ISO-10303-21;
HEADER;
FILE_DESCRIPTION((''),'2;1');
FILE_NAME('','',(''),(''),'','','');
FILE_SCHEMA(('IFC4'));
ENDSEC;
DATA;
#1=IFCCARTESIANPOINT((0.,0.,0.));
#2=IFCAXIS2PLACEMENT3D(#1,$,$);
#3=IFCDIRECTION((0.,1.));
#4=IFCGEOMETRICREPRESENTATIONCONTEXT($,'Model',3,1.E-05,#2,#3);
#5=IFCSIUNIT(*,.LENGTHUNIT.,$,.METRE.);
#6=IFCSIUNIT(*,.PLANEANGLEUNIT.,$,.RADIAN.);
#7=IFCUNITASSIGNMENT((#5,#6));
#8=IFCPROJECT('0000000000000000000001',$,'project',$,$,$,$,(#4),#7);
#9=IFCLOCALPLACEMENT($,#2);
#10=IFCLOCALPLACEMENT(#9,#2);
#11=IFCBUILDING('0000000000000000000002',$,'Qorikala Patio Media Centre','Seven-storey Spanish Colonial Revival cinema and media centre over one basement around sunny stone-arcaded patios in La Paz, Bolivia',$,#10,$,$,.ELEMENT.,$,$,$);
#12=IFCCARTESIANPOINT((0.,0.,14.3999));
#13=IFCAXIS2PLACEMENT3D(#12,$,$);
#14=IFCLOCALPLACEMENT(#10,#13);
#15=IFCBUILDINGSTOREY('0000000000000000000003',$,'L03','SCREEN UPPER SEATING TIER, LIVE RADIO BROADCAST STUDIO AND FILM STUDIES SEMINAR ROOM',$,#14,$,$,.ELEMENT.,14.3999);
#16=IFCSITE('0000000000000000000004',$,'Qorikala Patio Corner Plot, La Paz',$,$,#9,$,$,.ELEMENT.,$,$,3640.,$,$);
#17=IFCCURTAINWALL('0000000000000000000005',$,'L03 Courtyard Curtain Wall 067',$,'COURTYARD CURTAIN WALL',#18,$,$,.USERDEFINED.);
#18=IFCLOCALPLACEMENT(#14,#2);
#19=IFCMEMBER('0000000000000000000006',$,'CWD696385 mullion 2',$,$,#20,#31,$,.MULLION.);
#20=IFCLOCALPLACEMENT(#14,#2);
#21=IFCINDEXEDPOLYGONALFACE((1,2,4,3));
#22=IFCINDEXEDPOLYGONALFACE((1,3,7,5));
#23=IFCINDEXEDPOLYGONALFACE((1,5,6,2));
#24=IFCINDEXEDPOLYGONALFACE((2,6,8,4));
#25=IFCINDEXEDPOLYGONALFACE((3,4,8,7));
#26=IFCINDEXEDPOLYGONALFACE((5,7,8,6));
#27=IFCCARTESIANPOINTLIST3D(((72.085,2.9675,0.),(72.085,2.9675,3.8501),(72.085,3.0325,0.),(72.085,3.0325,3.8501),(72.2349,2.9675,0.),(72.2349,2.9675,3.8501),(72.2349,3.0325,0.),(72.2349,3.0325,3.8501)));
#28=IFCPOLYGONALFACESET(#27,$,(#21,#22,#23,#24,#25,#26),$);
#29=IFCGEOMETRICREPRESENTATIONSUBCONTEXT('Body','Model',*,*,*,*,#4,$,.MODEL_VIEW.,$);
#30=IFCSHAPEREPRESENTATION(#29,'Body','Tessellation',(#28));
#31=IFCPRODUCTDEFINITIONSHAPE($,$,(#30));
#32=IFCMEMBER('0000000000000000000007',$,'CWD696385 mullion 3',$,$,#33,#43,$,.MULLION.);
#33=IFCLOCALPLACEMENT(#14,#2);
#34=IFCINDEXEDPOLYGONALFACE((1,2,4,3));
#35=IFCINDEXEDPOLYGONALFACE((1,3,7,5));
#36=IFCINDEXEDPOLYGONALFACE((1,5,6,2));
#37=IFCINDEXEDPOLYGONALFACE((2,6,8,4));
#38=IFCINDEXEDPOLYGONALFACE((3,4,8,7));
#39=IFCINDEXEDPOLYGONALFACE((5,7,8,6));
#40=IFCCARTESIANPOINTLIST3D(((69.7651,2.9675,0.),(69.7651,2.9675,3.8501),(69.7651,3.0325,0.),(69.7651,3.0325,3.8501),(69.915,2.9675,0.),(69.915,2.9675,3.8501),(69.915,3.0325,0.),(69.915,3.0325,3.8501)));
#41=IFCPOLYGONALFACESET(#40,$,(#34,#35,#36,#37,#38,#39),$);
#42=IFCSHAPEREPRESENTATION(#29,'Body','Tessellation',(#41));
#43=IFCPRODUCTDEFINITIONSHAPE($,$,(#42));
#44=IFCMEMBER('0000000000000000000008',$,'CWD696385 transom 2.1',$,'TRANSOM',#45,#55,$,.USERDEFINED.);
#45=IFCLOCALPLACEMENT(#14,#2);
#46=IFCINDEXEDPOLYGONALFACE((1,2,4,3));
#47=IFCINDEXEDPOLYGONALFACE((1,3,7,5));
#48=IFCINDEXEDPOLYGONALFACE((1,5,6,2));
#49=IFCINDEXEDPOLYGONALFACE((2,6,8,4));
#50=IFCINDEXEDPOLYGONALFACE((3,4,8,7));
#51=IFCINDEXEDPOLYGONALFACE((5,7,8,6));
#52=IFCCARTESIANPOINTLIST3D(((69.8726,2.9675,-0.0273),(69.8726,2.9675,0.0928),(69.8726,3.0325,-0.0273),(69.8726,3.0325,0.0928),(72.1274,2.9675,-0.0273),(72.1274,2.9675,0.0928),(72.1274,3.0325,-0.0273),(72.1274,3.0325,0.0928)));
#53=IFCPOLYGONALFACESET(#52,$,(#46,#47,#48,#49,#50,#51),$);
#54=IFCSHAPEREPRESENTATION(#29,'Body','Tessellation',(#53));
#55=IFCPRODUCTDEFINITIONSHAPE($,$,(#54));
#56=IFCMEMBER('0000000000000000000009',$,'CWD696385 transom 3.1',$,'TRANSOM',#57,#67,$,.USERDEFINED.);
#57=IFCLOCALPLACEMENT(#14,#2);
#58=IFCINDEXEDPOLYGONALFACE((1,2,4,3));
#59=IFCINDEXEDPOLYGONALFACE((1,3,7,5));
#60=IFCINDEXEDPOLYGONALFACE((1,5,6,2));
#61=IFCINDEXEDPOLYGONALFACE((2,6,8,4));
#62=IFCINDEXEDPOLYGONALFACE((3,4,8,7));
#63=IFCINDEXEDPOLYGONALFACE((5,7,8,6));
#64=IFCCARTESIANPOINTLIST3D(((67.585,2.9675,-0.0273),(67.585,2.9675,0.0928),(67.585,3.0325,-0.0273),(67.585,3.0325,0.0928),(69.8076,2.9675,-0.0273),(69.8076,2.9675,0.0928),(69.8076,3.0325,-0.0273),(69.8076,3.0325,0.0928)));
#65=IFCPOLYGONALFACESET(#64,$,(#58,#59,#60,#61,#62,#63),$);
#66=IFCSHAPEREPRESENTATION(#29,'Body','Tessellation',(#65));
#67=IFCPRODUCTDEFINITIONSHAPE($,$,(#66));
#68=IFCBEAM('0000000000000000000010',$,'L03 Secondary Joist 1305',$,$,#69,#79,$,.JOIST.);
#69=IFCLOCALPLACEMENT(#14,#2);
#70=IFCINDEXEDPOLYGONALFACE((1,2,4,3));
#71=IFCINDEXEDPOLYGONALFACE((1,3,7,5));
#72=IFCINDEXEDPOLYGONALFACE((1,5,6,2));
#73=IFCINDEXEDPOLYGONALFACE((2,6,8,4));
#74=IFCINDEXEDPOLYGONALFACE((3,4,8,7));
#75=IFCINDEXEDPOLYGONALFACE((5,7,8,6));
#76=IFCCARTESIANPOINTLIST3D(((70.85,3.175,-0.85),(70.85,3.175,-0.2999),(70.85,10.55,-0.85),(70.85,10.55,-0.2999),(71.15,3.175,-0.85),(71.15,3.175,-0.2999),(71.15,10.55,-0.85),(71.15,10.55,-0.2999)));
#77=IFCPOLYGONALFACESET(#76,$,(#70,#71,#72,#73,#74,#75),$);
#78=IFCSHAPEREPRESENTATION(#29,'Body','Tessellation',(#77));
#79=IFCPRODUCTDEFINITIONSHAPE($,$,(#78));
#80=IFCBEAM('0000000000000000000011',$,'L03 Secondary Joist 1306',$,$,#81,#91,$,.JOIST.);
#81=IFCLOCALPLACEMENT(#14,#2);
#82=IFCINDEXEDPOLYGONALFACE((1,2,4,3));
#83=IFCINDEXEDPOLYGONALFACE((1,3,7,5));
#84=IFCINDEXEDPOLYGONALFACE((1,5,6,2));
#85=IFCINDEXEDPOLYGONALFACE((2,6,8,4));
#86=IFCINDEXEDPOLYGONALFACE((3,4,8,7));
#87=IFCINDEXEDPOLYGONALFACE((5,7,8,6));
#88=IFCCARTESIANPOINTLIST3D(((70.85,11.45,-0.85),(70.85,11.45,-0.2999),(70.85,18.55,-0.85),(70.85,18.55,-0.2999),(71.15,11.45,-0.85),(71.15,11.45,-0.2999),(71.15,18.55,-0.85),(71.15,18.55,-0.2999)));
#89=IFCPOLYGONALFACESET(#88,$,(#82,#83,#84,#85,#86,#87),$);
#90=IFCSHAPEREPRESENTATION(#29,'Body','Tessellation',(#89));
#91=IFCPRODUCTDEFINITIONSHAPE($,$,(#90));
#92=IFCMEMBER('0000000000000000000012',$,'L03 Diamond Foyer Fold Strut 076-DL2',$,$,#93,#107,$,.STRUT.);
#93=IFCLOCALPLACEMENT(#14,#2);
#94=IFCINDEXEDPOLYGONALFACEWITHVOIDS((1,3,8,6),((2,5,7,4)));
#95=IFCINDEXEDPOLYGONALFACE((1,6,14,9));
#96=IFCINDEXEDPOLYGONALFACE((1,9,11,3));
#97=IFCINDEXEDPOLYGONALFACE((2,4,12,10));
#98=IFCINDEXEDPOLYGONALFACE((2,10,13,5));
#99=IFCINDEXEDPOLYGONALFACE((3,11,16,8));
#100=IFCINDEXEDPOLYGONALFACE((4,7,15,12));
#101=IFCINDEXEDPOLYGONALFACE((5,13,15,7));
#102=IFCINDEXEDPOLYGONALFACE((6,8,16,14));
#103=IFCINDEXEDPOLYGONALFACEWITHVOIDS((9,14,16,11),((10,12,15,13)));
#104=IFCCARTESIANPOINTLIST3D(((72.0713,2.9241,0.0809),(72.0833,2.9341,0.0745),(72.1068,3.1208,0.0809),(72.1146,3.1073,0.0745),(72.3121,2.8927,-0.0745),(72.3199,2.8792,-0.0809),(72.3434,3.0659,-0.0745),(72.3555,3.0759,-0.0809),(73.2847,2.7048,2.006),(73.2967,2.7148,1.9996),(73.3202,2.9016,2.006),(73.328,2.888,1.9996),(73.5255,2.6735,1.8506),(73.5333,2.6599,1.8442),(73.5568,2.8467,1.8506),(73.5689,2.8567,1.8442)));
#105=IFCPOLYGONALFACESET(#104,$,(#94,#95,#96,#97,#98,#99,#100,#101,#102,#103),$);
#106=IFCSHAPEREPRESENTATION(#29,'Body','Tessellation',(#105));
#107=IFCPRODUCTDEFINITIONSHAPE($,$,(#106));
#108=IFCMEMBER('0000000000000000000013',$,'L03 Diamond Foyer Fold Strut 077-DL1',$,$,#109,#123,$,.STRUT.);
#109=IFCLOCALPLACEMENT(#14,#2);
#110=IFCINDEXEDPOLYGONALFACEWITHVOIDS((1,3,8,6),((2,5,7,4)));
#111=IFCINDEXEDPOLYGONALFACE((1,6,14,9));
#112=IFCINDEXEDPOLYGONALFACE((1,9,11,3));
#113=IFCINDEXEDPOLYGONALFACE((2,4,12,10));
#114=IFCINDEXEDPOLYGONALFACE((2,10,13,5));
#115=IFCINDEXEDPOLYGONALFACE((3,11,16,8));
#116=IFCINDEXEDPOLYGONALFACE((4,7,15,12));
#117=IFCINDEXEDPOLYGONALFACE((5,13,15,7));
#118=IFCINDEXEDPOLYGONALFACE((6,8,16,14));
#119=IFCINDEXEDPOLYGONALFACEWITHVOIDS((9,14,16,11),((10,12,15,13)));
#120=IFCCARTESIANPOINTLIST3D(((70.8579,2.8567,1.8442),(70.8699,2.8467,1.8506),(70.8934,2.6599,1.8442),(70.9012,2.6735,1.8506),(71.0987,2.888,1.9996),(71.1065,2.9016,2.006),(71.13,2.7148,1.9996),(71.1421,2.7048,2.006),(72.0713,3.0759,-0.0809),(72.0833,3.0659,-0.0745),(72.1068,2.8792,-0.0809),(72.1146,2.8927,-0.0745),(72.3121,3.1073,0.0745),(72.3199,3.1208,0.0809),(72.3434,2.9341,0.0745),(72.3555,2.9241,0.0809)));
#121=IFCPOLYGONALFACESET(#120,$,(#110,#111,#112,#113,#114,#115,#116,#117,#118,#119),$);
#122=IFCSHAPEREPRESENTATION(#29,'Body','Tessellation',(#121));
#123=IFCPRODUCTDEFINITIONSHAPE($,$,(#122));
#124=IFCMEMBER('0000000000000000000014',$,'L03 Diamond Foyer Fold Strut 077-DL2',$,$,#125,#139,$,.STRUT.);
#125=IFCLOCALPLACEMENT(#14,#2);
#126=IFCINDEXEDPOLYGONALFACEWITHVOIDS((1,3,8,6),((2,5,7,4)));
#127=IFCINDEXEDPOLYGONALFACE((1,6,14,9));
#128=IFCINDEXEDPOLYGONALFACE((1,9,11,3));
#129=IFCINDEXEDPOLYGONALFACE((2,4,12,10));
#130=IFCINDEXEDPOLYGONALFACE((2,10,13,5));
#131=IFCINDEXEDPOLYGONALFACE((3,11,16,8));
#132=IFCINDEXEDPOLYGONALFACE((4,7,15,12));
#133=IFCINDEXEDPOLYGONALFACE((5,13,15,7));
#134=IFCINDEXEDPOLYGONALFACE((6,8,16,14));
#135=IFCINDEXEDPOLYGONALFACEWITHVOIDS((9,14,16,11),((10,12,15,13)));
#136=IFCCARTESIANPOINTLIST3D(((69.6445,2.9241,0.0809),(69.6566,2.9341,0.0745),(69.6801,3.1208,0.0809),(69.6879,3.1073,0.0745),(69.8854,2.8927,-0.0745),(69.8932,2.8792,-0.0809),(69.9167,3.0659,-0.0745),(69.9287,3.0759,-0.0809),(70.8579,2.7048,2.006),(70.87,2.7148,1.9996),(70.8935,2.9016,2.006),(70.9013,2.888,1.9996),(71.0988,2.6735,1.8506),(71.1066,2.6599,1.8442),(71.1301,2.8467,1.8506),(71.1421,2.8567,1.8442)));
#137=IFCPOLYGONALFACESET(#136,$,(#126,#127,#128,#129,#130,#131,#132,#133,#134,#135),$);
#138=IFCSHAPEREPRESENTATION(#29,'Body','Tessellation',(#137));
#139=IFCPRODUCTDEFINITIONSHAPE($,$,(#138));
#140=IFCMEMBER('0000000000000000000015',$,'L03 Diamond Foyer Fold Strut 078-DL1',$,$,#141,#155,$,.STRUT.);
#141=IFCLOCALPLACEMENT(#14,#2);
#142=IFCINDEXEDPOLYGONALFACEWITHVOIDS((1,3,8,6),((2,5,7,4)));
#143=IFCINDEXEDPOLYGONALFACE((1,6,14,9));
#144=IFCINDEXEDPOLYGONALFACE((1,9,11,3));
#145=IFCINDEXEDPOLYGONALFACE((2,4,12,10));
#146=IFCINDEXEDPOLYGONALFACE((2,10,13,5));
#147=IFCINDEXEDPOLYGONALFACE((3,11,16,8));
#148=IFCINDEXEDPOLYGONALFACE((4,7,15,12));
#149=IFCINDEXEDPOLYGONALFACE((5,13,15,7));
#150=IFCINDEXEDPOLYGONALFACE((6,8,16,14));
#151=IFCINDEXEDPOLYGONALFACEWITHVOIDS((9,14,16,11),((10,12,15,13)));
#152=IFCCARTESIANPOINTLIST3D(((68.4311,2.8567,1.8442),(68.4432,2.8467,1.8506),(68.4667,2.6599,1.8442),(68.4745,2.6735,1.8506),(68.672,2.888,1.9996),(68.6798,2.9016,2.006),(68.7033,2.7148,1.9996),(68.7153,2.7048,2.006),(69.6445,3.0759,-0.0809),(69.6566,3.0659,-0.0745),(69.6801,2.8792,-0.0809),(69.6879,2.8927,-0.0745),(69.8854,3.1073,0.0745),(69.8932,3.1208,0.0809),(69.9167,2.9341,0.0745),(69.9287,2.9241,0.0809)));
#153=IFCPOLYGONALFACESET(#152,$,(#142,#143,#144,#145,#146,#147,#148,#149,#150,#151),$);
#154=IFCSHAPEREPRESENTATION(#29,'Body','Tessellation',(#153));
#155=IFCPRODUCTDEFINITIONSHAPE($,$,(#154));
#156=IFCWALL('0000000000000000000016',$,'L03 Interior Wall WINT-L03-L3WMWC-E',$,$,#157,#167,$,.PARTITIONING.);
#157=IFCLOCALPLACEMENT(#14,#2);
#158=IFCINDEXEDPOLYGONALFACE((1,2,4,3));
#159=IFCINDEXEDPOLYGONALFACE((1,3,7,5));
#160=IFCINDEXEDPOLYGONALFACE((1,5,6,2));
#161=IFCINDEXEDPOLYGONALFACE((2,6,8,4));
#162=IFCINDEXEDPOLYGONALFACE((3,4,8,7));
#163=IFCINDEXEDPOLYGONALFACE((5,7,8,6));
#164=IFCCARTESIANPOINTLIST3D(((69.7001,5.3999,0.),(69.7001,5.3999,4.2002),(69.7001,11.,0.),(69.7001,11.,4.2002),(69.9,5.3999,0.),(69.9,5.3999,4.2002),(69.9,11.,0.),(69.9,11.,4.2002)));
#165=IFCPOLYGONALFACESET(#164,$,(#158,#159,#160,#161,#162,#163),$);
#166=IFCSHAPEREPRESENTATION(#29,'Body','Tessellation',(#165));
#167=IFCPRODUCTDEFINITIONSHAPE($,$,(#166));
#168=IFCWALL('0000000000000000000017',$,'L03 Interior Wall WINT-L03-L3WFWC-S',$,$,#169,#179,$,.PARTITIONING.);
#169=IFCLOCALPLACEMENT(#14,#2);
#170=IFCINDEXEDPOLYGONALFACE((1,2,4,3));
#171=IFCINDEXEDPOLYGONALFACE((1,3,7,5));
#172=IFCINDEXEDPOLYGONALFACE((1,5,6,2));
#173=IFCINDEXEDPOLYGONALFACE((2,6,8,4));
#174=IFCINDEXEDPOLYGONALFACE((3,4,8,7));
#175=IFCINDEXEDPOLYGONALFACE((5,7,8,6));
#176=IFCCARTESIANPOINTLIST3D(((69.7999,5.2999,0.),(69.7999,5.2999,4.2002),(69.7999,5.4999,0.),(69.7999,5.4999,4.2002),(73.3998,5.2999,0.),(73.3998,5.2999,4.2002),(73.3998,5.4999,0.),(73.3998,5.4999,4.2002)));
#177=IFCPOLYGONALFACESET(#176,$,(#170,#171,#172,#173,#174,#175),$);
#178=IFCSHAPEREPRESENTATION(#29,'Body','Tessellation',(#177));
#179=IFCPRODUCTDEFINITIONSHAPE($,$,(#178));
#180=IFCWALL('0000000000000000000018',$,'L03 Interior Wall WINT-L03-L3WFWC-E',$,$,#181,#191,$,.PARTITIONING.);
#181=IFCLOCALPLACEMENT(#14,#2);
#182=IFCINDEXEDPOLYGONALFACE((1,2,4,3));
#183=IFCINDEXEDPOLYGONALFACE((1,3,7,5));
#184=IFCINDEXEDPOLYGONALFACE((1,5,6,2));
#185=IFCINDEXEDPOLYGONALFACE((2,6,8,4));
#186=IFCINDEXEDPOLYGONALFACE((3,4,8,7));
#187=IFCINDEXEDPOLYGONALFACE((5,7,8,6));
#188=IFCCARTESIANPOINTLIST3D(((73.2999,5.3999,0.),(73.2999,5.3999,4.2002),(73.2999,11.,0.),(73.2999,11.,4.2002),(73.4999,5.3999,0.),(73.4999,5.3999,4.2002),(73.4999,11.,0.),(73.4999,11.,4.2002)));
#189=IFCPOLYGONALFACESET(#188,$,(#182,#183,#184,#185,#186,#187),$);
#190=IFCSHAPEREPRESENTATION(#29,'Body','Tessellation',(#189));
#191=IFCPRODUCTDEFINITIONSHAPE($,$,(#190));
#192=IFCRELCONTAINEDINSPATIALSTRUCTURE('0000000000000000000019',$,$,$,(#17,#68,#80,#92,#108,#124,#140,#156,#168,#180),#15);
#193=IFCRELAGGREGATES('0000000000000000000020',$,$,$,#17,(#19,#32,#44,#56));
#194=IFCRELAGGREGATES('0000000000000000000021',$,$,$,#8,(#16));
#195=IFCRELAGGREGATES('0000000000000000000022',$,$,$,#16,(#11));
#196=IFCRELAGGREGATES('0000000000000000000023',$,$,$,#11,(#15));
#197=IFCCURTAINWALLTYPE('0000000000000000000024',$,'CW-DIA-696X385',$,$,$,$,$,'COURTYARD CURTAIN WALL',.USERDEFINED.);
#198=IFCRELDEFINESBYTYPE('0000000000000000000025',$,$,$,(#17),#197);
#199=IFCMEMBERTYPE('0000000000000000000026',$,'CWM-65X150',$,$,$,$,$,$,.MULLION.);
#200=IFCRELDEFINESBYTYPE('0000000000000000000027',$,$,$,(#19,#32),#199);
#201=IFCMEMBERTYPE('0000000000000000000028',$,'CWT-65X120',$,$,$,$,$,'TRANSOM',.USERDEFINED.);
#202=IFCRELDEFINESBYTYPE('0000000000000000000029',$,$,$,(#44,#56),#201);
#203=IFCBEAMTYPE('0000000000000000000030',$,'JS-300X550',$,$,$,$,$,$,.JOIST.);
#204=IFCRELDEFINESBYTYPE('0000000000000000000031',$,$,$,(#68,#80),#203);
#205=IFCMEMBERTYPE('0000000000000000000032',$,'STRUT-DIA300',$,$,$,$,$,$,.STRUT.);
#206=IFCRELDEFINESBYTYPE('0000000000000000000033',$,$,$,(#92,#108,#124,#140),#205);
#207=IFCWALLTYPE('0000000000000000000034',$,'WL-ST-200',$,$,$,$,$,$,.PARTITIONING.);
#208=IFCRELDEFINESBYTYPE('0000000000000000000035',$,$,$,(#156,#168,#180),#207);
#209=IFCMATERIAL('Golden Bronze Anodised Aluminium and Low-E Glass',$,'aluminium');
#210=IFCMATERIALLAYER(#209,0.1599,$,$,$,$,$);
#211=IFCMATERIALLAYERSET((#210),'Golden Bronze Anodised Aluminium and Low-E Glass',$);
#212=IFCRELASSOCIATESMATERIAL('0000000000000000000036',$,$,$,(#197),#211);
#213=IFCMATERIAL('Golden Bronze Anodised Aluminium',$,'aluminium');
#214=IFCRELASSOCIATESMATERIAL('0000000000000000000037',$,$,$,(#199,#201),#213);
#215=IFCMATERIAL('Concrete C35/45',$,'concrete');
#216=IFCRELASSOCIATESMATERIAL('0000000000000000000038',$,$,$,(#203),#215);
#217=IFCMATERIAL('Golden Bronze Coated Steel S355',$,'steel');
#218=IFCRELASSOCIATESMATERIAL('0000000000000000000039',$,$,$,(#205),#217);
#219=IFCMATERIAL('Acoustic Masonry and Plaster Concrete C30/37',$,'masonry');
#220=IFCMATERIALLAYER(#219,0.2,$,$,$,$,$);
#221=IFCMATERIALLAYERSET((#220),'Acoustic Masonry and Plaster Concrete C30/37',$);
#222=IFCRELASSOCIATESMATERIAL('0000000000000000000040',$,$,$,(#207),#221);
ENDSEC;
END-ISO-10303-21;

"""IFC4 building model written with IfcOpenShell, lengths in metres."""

from ifc_helpers import new_model, si_unit, direction, frame, frame_2d, origin, origin_2d, place, context, subcontext, project, spatial, rectangle, hollow_rectangle, extrude, material, layer, layer_set, material_profile, profile_set, type_object, element, aggregate, save


model = new_model("IFC4")

# Units and contexts
model_context = context("Model", 3, precision=1e-05, world=origin(), true_north=direction((0.0, 1.0)))
body_context = subcontext(model_context, "Body", "Model", "MODEL_VIEW")
ifc_project = project(units=[si_unit("LENGTHUNIT", "METRE"), si_unit("PLANEANGLEUNIT", "RADIAN")], contexts=[model_context])

# Site, building, storey
site_placement = place(None, origin())
site = spatial("IfcSite", under=ifc_project, at=site_placement, Name="Qorikala Patio Corner Plot, La Paz", CompositionType="ELEMENT", RefElevation=3640.0)
building_placement = place(site_placement, origin())
building = spatial("IfcBuilding", under=site, at=building_placement, Name="Qorikala Patio Media Centre", Description="Seven-storey Spanish Colonial Revival cinema and media centre over one basement around sunny stone-arcaded patios in La Paz, Bolivia", CompositionType="ELEMENT")
storey_placement = place(building_placement, frame((0.0, 0.0, 14.3999)))
storey = spatial("IfcBuildingStorey", under=building, at=storey_placement, Name="L03", Description="SCREEN UPPER SEATING TIER, LIVE RADIO BROADCAST STUDIO AND FILM STUDIES SEMINAR ROOM", CompositionType="ELEMENT", Elevation=14.3999)

# Curtain wall, members
ifc_material_1 = material(Name="Golden Bronze Anodised Aluminium and Low-E Glass", Category="aluminium")
ifc_layer_1 = layer(ifc_material_1, 0.1599)
ifc_layer_set_1 = layer_set([ifc_layer_1], Name="Golden Bronze Anodised Aluminium and Low-E Glass")
curtain_wall_type = type_object("IfcCurtainWallType", Name="CW-DIA-696X385", ElementType="COURTYARD CURTAIN WALL", PredefinedType="USERDEFINED", material=ifc_layer_set_1)
curtain_wall_placement = place(storey_placement, origin())
curtain_wall = element("IfcCurtainWall", 1, at=curtain_wall_placement, inside=storey, type_object=curtain_wall_type, Name="L03 Courtyard Curtain Wall 067", ObjectType="COURTYARD CURTAIN WALL", PredefinedType="USERDEFINED")
ifc_material_2 = material(Name="Golden Bronze Anodised Aluminium", Category="aluminium")
ifc_material_profile_1 = material_profile(ifc_material_2, rectangle(XDim=0.0649, YDim=0.1499, at=origin_2d()), Name="ALU MULLION 65x150")
ifc_profile_set_1 = profile_set([ifc_material_profile_1], Name="Golden Bronze Anodised Aluminium")
member_type_1 = type_object("IfcMemberType", Name="CWM-65X150", PredefinedType="MULLION", material=ifc_profile_set_1)
member_1_placement = place(storey_placement, frame((72.1599, 3.0, 0.0), z_axis=(0.0, 0.0, 1.0), x_axis=(0.0, -1.0, 0.0)))
member_1 = element("IfcMember", 2, at=member_1_placement, type_object=member_type_1, Name="CWD696385 mullion 2", PredefinedType="MULLION", context=body_context, shape_type="SweptSolid", body=[
    extrude(rectangle(XDim=0.0649, YDim=0.1499, at=origin_2d()), origin(), (0.0, 0.0, 1.0), 3.8501),
])
member_2_placement = place(storey_placement, frame((69.8401, 3.0, 0.0), z_axis=(0.0, 0.0, 1.0), x_axis=(0.0, -1.0, 0.0)))
member_2 = element("IfcMember", 3, at=member_2_placement, type_object=member_type_1, Name="CWD696385 mullion 3", PredefinedType="MULLION", context=body_context, shape_type="SweptSolid", body=[
    extrude(rectangle(XDim=0.0649, YDim=0.1499, at=origin_2d()), origin(), (0.0, 0.0, 1.0), 3.8501),
])
ifc_material_profile_2 = material_profile(ifc_material_2, rectangle(XDim=0.0649, YDim=0.1201, at=origin_2d()), Name="ALU TRANSOM 65x120")
ifc_profile_set_2 = profile_set([ifc_material_profile_2], Name="Golden Bronze Anodised Aluminium")
member_type_2 = type_object("IfcMemberType", Name="CWT-65X120", ElementType="TRANSOM", PredefinedType="USERDEFINED", material=ifc_profile_set_2)
member_3_placement = place(storey_placement, frame((72.1274, 3.0, 0.0327), z_axis=(-1.0, 0.0, 0.0), x_axis=(0.0, -1.0, 0.0)))
member_3 = element("IfcMember", 4, at=member_3_placement, type_object=member_type_2, Name="CWD696385 transom 2.1", ObjectType="TRANSOM", PredefinedType="USERDEFINED", context=body_context, shape_type="SweptSolid", body=[
    extrude(rectangle(XDim=0.0649, YDim=0.1201, at=origin_2d()), origin(), (0.0, 0.0, 1.0), 2.2549),
])
member_4_placement = place(storey_placement, frame((69.8076, 3.0, 0.0327), z_axis=(-1.0, 0.0, 0.0), x_axis=(0.0, -1.0, 0.0)))
member_4 = element("IfcMember", 5, at=member_4_placement, type_object=member_type_2, Name="CWD696385 transom 3.1", ObjectType="TRANSOM", PredefinedType="USERDEFINED", context=body_context, shape_type="SweptSolid", body=[
    extrude(rectangle(XDim=0.0649, YDim=0.1201, at=origin_2d()), origin(), (0.0, 0.0, 1.0), 2.2227),
])
aggregate(curtain_wall, [member_1, member_2, member_3, member_4])

# Beams
ifc_material_3 = material(Name="Concrete C35/45", Category="concrete")
ifc_material_profile_3 = material_profile(ifc_material_3, rectangle(XDim=0.3, YDim=0.55, at=origin_2d()), Name="RC 300x550")
ifc_profile_set_3 = profile_set([ifc_material_profile_3], Name="Concrete C35/45")
beam_type = type_object("IfcBeamType", Name="JS-300X550", PredefinedType="JOIST", material=ifc_profile_set_3)
beam_1_placement = place(storey_placement, frame((71.0, 3.175, -0.575), z_axis=(0.0, 1.0, 0.0), x_axis=(-1.0, 0.0, 0.0)))
element("IfcBeam", 6, at=beam_1_placement, inside=storey, type_object=beam_type, Name="L03 Secondary Joist 1305", PredefinedType="JOIST", context=body_context, shape_type="SweptSolid", body=[
    extrude(rectangle(XDim=0.3, YDim=0.55, at=origin_2d()), origin(), (0.0, 0.0, 1.0), 7.375),
])
beam_2_placement = place(storey_placement, frame((71.0, 11.45, -0.575), z_axis=(0.0, 1.0, 0.0), x_axis=(-1.0, 0.0, 0.0)))
element("IfcBeam", 7, at=beam_2_placement, inside=storey, type_object=beam_type, Name="L03 Secondary Joist 1306", PredefinedType="JOIST", context=body_context, shape_type="SweptSolid", body=[
    extrude(rectangle(XDim=0.3, YDim=0.55, at=origin_2d()), origin(), (0.0, 0.0, 1.0), 7.1001),
])

# Members
ifc_material_4 = material(Name="Golden Bronze Coated Steel S355", Category="steel")
ifc_material_profile_4 = material_profile(ifc_material_4, hollow_rectangle(XDim=0.2, YDim=0.3, WallThickness=0.012, at=origin_2d()), Name="HSS300X200X12")
ifc_profile_set_4 = profile_set([ifc_material_profile_4], Name="Golden Bronze Coated Steel S355")
member_type_3 = type_object("IfcMemberType", Name="STRUT-DIA300", PredefinedType="STRUT", material=ifc_profile_set_4)
for number, where, z_axis, x_axis, name in (
    (8, (72.2134, 3.0, 0.0), (0.530768, -0.095901, 0.842074), (0.177805, 0.984066, 0.0), "L03 Diamond Foyer Fold Strut 076-DL2"),
    (9, (72.2134, 3.0, 0.0), (-0.530768, -0.095901, 0.842074), (0.177805, -0.984066, 0.0), "L03 Diamond Foyer Fold Strut 077-DL1"),
    (10, (69.7866, 3.0, 0.0), (0.530768, -0.095901, 0.842074), (0.177805, 0.984066, 0.0), "L03 Diamond Foyer Fold Strut 077-DL2"),
    (11, (69.7866, 3.0, 0.0), (-0.530768, -0.095901, 0.842074), (0.177805, -0.984066, 0.0), "L03 Diamond Foyer Fold Strut 078-DL1"),
):
    element("IfcMember", number, at=place(storey_placement, frame(where, z_axis=z_axis, x_axis=x_axis)), inside=storey, type_object=member_type_3, Name=name, PredefinedType="STRUT", context=body_context, shape_type="SweptSolid", body=[
        extrude(hollow_rectangle(XDim=0.2, YDim=0.3, WallThickness=0.012, at=origin_2d()), origin(), (0.0, 0.0, 1.0), 2.2861),
    ])

# Walls
ifc_material_5 = material(Name="Acoustic Masonry and Plaster Concrete C30/37", Category="masonry")
ifc_layer_2 = layer(ifc_material_5, 0.2)
ifc_layer_set_2 = layer_set([ifc_layer_2], Name="Acoustic Masonry and Plaster Concrete C30/37")
wall_type = type_object("IfcWallType", Name="WL-ST-200", PredefinedType="PARTITIONING", material=ifc_layer_set_2)
wall_1_placement = place(storey_placement, frame((69.8, 5.3999, 0.0), z_axis=(0.0, 0.0, 1.0), x_axis=(0.0, 1.0, 0.0)))
element("IfcWall", 12, at=wall_1_placement, inside=storey, type_object=wall_type, Name="L03 Interior Wall WINT-L03-L3WMWC-E", PredefinedType="PARTITIONING", context=body_context, shape_type="SweptSolid", body=[
    extrude(rectangle(XDim=5.6001, YDim=0.2, at=frame_2d((2.8, 0.0))), origin(), (0.0, 0.0, 1.0), 4.2002),
])
wall_2_placement = place(storey_placement, frame((69.8, 5.3999, 0.0), z_axis=(0.0, 0.0, 1.0), x_axis=(1.0, 0.0, 0.0)))
element("IfcWall", 13, at=wall_2_placement, inside=storey, type_object=wall_type, Name="L03 Interior Wall WINT-L03-L3WFWC-S", PredefinedType="PARTITIONING", context=body_context, shape_type="SweptSolid", body=[
    extrude(rectangle(XDim=3.5999, YDim=0.2, at=frame_2d((1.7998, 0.0))), origin(), (0.0, 0.0, 1.0), 4.2002),
])
wall_3_placement = place(storey_placement, frame((73.3999, 5.3999, 0.0), z_axis=(0.0, 0.0, 1.0), x_axis=(0.0, 1.0, 0.0)))
element("IfcWall", 14, at=wall_3_placement, inside=storey, type_object=wall_type, Name="L03 Interior Wall WINT-L03-L3WFWC-E", PredefinedType="PARTITIONING", context=body_context, shape_type="SweptSolid", body=[
    extrude(rectangle(XDim=5.6001, YDim=0.2, at=frame_2d((2.8, 0.0))), origin(), (0.0, 0.0, 1.0), 4.2002),
])

save(model, "model.ifc")
